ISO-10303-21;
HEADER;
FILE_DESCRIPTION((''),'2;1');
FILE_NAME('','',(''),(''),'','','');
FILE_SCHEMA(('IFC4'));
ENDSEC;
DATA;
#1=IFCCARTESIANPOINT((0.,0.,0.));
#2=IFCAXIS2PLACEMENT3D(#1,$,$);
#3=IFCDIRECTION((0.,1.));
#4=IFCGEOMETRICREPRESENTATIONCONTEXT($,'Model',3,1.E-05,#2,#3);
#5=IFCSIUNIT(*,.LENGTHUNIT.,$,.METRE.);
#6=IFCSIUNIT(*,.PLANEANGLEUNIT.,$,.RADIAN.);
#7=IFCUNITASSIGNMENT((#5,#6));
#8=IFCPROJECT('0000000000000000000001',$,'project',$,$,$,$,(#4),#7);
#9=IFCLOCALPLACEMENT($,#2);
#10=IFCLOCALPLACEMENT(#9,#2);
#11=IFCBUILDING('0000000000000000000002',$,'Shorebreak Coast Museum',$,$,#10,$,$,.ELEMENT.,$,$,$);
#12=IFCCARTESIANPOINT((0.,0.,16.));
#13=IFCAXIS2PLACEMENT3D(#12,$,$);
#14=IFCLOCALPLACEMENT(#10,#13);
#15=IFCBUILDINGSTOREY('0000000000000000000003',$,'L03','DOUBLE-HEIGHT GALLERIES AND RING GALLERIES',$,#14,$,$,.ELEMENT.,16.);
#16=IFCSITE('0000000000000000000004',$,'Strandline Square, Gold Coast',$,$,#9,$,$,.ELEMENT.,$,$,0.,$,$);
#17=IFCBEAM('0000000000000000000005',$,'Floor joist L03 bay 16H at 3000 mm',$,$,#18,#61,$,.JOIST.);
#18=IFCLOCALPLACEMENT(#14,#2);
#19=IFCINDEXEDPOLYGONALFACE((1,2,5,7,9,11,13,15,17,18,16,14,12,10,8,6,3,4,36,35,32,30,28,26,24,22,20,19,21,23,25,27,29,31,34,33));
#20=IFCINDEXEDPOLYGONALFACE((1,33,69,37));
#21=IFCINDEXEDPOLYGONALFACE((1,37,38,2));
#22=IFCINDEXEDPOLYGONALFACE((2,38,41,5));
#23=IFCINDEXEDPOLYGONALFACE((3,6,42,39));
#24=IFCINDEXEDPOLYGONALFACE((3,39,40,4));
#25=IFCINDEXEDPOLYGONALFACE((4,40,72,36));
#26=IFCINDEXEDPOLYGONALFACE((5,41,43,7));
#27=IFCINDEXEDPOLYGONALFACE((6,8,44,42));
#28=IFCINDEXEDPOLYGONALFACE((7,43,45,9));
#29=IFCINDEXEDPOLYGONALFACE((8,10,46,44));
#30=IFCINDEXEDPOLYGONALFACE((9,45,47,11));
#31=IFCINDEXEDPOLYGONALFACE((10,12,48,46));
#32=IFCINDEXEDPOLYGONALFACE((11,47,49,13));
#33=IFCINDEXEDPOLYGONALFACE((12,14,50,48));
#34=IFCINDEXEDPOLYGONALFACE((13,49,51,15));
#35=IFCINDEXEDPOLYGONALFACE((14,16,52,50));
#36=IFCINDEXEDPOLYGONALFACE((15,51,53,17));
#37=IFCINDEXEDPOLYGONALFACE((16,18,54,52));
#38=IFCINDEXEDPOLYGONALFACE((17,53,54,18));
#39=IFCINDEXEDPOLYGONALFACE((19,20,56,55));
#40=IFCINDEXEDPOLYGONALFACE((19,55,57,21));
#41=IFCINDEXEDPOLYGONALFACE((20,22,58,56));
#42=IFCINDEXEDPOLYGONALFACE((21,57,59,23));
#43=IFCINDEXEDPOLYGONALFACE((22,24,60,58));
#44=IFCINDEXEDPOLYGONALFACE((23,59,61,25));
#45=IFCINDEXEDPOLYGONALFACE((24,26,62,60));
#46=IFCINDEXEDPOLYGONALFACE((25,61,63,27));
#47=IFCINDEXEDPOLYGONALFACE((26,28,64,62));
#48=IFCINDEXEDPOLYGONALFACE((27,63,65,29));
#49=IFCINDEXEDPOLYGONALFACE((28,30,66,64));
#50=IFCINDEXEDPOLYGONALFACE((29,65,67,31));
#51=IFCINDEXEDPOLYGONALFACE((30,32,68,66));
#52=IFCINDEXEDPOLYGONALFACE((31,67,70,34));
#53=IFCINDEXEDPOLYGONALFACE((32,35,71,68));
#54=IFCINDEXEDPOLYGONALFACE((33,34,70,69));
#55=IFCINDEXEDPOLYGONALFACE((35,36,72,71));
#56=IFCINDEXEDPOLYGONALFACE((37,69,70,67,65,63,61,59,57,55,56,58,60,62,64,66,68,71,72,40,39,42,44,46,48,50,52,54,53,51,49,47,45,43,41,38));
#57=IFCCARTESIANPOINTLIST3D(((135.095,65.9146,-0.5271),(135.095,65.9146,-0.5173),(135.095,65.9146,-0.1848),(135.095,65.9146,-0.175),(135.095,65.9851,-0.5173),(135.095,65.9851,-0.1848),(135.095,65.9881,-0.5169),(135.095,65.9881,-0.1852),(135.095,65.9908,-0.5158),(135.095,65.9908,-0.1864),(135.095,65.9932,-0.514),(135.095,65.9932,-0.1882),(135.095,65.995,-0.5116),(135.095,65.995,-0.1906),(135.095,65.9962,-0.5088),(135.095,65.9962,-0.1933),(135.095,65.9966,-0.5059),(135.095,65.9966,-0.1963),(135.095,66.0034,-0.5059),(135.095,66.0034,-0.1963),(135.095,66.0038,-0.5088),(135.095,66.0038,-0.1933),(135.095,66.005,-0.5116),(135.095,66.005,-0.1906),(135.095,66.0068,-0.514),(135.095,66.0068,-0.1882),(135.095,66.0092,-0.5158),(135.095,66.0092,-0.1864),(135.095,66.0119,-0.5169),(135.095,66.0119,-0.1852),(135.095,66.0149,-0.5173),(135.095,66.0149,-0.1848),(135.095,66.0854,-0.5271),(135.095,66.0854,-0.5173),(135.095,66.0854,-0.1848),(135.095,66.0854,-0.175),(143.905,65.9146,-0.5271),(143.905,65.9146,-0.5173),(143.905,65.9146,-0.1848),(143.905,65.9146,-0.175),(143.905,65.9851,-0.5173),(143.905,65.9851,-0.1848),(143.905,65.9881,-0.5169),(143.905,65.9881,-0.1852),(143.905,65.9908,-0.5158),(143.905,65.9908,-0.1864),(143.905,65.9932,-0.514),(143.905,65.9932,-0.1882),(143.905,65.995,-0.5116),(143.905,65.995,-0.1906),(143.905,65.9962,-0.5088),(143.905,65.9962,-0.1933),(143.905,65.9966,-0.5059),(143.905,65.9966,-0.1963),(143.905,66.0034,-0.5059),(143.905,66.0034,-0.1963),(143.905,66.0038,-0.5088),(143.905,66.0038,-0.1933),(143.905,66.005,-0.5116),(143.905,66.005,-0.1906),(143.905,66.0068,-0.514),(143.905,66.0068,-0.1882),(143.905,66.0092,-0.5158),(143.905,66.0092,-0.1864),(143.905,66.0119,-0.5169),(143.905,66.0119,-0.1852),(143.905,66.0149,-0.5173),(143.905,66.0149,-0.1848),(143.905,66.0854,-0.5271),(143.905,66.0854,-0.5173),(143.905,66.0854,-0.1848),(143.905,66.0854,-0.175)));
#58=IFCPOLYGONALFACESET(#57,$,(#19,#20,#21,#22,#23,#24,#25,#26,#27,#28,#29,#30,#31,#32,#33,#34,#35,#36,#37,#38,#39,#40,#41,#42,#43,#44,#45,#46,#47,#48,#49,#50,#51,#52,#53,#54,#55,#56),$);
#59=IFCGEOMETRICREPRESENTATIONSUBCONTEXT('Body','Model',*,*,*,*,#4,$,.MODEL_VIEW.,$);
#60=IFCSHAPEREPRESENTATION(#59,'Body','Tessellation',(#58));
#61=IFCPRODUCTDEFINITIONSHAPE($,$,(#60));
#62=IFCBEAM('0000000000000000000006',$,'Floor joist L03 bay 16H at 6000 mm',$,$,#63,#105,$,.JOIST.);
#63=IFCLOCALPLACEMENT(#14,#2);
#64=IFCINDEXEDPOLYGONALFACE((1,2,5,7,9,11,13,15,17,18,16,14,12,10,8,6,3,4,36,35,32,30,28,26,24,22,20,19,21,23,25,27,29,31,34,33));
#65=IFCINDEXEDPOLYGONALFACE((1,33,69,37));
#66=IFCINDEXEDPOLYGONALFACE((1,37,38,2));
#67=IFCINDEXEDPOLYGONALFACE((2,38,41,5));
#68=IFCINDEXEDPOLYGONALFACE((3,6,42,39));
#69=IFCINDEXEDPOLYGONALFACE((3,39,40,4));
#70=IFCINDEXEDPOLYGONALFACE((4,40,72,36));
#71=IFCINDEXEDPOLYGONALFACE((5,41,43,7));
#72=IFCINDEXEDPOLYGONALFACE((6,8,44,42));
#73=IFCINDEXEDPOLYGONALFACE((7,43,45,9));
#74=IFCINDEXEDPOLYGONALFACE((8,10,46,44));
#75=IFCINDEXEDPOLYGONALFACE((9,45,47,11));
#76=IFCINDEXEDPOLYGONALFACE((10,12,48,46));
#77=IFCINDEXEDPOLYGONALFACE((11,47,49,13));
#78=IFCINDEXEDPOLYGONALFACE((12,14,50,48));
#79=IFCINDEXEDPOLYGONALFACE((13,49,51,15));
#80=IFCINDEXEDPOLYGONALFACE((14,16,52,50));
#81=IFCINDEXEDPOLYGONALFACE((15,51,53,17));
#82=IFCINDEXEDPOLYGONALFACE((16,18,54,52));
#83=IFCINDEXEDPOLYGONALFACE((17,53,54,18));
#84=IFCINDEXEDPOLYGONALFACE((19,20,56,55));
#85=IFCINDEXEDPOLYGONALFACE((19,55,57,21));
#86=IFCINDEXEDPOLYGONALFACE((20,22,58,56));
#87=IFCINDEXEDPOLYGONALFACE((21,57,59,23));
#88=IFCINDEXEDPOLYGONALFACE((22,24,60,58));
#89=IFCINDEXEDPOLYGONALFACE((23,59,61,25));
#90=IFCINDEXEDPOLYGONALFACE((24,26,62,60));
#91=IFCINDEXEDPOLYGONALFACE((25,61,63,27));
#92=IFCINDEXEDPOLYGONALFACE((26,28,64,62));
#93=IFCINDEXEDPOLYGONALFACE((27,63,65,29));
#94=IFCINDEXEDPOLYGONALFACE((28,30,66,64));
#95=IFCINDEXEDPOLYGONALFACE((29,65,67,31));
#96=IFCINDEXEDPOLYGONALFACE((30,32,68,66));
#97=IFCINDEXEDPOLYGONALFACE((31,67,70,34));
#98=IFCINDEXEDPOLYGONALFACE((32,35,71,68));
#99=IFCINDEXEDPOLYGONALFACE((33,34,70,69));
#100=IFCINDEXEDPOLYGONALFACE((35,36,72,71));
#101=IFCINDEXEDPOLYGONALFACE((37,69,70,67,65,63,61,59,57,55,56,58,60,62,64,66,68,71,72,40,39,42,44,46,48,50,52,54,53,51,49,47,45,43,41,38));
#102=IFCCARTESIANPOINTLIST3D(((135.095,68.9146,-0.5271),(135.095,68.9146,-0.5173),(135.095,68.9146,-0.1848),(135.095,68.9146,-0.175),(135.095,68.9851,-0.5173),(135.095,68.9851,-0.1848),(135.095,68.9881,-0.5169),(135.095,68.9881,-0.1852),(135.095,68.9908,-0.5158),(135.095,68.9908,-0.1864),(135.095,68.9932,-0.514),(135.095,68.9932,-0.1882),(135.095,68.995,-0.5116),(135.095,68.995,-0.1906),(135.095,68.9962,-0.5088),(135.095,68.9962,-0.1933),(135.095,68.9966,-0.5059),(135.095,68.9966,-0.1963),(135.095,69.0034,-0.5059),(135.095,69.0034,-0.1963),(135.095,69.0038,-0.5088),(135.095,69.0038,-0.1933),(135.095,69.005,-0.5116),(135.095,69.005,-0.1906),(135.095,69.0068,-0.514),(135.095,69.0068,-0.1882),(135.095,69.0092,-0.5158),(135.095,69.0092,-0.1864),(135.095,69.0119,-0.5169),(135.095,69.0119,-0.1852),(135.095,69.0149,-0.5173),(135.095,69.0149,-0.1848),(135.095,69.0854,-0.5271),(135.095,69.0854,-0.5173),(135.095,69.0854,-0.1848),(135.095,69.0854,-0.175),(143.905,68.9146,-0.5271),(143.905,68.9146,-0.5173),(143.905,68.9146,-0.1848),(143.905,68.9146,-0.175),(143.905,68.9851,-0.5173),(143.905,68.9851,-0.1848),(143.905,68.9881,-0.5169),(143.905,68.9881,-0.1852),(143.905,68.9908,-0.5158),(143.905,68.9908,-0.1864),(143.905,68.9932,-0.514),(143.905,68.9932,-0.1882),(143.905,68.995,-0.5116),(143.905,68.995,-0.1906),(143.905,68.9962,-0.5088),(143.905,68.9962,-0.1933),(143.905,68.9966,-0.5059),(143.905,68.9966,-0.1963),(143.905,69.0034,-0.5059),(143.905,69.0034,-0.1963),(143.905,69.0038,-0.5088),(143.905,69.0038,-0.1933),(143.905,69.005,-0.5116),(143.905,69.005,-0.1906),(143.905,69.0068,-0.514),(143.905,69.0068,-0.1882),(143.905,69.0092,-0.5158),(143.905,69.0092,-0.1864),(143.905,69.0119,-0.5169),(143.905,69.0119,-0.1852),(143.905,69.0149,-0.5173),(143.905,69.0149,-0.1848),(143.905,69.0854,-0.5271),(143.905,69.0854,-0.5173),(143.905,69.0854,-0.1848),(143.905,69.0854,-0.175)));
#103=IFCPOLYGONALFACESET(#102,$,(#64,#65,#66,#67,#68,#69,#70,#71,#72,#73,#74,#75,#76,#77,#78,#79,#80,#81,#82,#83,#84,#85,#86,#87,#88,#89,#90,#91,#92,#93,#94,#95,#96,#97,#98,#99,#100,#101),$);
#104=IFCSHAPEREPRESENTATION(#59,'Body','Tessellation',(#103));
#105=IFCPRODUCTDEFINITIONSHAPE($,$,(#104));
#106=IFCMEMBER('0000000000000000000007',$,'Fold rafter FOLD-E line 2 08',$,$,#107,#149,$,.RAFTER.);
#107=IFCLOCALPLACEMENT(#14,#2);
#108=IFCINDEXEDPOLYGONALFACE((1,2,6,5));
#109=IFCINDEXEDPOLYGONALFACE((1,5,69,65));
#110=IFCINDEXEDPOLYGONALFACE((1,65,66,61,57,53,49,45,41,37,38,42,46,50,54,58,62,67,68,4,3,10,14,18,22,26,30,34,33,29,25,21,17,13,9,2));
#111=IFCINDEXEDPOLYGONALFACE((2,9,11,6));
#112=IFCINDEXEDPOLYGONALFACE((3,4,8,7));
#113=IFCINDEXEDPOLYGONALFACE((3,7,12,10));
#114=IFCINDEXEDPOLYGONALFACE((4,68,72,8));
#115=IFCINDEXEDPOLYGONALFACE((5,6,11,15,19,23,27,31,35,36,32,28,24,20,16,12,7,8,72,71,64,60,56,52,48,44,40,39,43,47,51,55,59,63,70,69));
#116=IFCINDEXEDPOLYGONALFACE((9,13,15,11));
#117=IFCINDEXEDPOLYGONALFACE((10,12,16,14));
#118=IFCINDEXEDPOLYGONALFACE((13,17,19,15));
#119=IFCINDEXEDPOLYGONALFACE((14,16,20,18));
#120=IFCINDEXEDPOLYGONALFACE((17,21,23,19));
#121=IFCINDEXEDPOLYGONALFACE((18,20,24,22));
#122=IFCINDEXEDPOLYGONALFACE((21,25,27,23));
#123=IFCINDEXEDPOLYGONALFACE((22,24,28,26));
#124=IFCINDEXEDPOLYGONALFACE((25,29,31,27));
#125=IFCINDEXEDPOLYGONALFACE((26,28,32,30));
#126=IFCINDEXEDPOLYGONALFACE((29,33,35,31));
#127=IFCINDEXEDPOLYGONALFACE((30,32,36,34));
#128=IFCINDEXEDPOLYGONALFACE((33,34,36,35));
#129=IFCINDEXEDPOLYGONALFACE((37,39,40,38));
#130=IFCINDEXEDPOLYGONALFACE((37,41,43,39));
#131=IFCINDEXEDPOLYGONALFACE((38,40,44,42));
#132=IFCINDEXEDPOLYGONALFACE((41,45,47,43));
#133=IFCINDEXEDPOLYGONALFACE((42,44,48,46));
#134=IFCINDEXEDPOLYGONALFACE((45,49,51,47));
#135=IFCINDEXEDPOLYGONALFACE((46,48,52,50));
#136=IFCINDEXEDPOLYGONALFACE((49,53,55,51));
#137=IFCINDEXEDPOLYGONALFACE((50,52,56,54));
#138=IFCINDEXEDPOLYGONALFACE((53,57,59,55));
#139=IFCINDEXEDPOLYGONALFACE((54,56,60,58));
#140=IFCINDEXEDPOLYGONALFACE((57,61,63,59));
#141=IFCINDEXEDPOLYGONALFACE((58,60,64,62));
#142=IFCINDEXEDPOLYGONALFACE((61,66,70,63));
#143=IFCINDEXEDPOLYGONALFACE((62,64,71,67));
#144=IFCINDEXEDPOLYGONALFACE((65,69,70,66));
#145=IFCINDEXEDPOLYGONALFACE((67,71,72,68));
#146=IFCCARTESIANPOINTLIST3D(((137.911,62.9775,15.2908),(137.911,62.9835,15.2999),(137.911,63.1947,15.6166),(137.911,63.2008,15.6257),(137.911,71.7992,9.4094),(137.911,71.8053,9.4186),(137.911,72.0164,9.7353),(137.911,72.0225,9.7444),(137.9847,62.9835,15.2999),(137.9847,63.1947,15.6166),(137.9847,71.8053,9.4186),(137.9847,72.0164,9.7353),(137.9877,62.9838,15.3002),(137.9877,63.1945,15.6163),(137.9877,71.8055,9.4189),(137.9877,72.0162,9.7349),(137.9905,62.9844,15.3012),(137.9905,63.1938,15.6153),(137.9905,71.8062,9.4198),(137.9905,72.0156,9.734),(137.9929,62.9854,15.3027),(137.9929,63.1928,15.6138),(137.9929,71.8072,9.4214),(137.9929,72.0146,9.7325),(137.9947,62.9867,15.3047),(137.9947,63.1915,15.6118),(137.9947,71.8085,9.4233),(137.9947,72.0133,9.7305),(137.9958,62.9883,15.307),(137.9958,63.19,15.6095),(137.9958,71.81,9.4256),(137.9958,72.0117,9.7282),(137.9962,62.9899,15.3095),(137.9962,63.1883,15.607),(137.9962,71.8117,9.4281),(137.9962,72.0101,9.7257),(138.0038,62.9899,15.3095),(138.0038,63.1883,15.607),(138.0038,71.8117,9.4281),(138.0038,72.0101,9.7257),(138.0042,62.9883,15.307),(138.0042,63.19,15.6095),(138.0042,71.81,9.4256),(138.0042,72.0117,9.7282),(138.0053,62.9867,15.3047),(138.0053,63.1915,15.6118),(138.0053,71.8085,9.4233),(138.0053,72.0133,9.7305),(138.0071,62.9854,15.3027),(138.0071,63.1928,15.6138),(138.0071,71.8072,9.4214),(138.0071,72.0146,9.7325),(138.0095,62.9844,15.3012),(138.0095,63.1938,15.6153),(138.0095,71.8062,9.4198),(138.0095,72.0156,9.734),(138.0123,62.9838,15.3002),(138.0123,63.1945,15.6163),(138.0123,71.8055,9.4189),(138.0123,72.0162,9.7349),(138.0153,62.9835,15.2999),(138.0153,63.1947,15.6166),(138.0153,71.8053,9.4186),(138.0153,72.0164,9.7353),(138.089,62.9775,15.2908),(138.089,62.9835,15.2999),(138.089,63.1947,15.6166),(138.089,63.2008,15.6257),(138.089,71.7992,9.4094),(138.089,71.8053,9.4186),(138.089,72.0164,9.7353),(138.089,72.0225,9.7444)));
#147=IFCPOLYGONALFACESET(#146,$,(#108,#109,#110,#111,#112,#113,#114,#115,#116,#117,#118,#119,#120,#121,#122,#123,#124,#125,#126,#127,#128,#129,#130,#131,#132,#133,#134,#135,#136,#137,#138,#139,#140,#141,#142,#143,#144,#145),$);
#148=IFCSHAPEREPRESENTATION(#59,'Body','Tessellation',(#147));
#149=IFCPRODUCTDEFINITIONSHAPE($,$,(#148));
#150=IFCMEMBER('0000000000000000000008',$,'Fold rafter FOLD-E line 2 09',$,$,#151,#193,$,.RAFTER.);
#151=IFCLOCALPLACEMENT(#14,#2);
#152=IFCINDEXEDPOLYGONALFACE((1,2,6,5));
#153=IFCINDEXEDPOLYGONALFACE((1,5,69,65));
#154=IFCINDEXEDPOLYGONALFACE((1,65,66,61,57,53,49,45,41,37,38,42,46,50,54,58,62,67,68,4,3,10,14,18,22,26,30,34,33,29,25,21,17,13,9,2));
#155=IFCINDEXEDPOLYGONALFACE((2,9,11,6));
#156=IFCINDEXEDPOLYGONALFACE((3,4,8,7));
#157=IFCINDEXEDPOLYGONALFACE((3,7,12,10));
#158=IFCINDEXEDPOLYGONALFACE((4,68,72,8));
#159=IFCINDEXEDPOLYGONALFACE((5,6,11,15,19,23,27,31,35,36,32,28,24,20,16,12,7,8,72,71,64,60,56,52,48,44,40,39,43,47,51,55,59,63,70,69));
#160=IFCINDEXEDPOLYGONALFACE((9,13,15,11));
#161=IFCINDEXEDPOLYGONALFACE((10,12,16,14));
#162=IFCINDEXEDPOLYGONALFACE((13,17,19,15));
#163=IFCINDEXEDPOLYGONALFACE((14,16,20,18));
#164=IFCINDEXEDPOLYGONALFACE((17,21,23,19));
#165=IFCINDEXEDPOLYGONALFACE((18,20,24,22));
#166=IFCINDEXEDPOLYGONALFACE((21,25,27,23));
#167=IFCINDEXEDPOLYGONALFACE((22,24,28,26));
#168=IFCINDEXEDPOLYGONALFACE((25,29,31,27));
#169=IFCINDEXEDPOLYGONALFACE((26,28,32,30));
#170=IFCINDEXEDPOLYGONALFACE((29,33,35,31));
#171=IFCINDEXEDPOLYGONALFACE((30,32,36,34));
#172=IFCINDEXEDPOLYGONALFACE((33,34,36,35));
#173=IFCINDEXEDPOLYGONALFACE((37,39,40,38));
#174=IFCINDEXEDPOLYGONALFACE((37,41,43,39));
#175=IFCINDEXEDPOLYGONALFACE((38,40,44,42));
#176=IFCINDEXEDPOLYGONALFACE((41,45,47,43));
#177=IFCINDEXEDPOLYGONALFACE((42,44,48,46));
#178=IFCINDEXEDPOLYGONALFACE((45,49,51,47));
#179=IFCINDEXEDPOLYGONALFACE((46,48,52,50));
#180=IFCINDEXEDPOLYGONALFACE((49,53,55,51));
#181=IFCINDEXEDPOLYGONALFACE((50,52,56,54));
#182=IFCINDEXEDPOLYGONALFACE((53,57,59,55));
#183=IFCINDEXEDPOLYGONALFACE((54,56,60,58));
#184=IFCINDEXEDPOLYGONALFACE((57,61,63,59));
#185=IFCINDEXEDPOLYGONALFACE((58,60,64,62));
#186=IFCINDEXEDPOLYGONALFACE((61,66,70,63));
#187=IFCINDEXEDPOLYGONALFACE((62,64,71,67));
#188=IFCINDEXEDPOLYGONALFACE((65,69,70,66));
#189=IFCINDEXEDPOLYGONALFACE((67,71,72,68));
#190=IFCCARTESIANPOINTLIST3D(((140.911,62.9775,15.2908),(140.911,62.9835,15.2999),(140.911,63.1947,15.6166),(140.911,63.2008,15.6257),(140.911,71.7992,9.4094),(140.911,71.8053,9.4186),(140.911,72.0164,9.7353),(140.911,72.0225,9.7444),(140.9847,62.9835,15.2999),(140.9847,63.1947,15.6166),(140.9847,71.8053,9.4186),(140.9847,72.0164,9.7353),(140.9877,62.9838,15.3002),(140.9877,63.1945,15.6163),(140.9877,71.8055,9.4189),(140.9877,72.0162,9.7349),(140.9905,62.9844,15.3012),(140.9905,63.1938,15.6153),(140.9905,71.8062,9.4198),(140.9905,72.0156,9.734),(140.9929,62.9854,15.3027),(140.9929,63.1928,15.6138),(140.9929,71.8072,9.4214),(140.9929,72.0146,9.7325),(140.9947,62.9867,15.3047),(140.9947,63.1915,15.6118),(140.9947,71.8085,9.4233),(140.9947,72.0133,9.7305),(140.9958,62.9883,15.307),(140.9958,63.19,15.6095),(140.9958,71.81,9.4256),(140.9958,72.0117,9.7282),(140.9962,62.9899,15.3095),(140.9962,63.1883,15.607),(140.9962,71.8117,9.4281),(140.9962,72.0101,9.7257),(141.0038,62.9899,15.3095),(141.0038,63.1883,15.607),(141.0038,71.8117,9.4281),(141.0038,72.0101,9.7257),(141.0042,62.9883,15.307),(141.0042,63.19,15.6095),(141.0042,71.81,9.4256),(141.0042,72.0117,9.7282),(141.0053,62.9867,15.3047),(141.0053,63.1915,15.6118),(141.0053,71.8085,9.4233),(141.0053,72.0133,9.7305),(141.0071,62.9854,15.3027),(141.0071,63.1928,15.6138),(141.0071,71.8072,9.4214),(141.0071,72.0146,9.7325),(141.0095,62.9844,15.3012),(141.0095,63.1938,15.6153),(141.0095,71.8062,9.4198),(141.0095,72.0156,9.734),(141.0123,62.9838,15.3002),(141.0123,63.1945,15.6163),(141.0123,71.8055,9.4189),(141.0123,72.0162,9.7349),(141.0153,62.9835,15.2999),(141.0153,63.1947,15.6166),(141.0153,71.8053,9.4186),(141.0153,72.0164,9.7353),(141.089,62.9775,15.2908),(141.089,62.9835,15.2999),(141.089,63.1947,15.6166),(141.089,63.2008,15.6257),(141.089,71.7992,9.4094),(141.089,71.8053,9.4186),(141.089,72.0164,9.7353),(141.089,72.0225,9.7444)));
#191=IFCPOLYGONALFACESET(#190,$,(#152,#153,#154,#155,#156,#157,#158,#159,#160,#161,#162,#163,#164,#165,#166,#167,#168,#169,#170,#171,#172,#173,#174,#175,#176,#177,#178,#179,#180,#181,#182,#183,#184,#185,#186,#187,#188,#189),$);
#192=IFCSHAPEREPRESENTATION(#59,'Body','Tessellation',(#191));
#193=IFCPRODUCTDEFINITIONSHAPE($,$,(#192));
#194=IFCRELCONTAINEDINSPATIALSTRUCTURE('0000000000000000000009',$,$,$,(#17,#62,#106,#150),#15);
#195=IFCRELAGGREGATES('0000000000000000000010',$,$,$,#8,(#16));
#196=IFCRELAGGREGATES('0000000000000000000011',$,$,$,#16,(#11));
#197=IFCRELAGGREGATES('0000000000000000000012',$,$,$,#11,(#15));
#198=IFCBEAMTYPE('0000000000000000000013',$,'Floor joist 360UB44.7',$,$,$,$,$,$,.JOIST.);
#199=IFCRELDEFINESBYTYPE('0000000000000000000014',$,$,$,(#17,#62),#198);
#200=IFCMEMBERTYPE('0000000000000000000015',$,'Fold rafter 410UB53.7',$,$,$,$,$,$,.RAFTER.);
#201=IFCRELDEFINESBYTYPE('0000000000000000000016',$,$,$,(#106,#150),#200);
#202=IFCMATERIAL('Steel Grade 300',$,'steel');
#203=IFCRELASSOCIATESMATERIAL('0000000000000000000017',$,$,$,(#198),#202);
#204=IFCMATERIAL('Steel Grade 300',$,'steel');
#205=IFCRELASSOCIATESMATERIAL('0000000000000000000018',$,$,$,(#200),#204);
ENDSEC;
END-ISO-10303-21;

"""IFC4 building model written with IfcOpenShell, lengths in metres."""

from ifc_helpers import new_model, si_unit, direction, frame, origin, origin_2d, place, context, subcontext, project, spatial, i_section, extrude, material, material_profile, profile_set, type_object, element, save


model = new_model("IFC4")

# Units and contexts
model_context = context("Model", 3, precision=1e-05, world=origin(), true_north=direction((0.0, 1.0)))
body_context = subcontext(model_context, "Body", "Model", "MODEL_VIEW")
ifc_project = project(units=[si_unit("LENGTHUNIT", "METRE"), si_unit("PLANEANGLEUNIT", "RADIAN")], contexts=[model_context])

# Site, building, storey
site_placement = place(None, origin())
site = spatial("IfcSite", under=ifc_project, at=site_placement, Name="Strandline Square, Gold Coast", CompositionType="ELEMENT", RefElevation=0.0)
building_placement = place(site_placement, origin())
building = spatial("IfcBuilding", under=site, at=building_placement, Name="Shorebreak Coast Museum", CompositionType="ELEMENT")
storey_placement = place(building_placement, frame((0.0, 0.0, 16.0)))
storey = spatial("IfcBuildingStorey", under=building, at=storey_placement, Name="L03", Description="DOUBLE-HEIGHT GALLERIES AND RING GALLERIES", CompositionType="ELEMENT", Elevation=16.0)

# Beams
ifc_material_1 = material(Name="Steel Grade 300", Category="steel")
ifc_material_profile_1 = material_profile(ifc_material_1, i_section(OverallWidth=0.1709, OverallDepth=0.3521, WebThickness=0.0068, FlangeThickness=0.0098, FilletRadius=0.0115, at=origin_2d()), Name="360UB44.7")
ifc_profile_set_1 = profile_set([ifc_material_profile_1], Name="Steel Grade 300")
beam_type_1 = type_object("IfcBeamType", Name="Floor joist 360UB44.7", PredefinedType="JOIST", material=ifc_profile_set_1)
for number, where, z_axis, x_axis, name in (
    (1, (135.095, 66.0, -0.3511), (1.0, 0.0, 0.0), (0.0, 1.0, 0.0), "Floor joist L03 bay 16H at 3000 mm"),
    (2, (135.095, 69.0, -0.3511), (1.0, 0.0, 0.0), (0.0, 1.0, 0.0), "Floor joist L03 bay 16H at 6000 mm"),
):
    element("IfcBeam", number, at=place(storey_placement, frame(where, z_axis=z_axis, x_axis=x_axis)), inside=storey, type_object=beam_type_1, Name=name, PredefinedType="JOIST", context=body_context, shape_type="SweptSolid", body=[
        extrude(i_section(OverallWidth=0.1709, OverallDepth=0.3521, WebThickness=0.0068, FlangeThickness=0.0098, FilletRadius=0.0115, at=origin_2d()), origin(), (0.0, 0.0, 1.0), 8.8101),
    ])

# Members
ifc_material_2 = material(Name="Steel Grade 300", Category="steel")
ifc_material_profile_2 = material_profile(ifc_material_2, i_section(OverallWidth=0.178, OverallDepth=0.4026, WebThickness=0.0076, FlangeThickness=0.011, FilletRadius=0.0115, at=origin_2d()), Name="410UB53.7")
ifc_profile_set_2 = profile_set([ifc_material_profile_2], Name="Steel Grade 300")
member_type_1 = type_object("IfcMemberType", Name="Fold rafter 410UB53.7", PredefinedType="RAFTER", material=ifc_profile_set_2)
for number, where, z_axis, x_axis, name in (
    (3, (138.0, 63.0891, 15.4583), (0.0, 0.832043, -0.554711), (-1.0, 0.0, 0.0), "Fold rafter FOLD-E line 2 08"),
    (4, (141.0, 63.0891, 15.4583), (0.0, 0.832043, -0.554711), (-1.0, 0.0, 0.0), "Fold rafter FOLD-E line 2 09"),
):
    element("IfcMember", number, at=place(storey_placement, frame(where, z_axis=z_axis, x_axis=x_axis)), inside=storey, type_object=member_type_1, Name=name, PredefinedType="RAFTER", context=body_context, shape_type="SweptSolid", body=[
        extrude(i_section(OverallWidth=0.178, OverallDepth=0.4026, WebThickness=0.0076, FlangeThickness=0.011, FilletRadius=0.0115, at=origin_2d()), origin(), (0.0, 0.0, 1.0), 10.6025),
    ])

save(model, "model.ifc")
